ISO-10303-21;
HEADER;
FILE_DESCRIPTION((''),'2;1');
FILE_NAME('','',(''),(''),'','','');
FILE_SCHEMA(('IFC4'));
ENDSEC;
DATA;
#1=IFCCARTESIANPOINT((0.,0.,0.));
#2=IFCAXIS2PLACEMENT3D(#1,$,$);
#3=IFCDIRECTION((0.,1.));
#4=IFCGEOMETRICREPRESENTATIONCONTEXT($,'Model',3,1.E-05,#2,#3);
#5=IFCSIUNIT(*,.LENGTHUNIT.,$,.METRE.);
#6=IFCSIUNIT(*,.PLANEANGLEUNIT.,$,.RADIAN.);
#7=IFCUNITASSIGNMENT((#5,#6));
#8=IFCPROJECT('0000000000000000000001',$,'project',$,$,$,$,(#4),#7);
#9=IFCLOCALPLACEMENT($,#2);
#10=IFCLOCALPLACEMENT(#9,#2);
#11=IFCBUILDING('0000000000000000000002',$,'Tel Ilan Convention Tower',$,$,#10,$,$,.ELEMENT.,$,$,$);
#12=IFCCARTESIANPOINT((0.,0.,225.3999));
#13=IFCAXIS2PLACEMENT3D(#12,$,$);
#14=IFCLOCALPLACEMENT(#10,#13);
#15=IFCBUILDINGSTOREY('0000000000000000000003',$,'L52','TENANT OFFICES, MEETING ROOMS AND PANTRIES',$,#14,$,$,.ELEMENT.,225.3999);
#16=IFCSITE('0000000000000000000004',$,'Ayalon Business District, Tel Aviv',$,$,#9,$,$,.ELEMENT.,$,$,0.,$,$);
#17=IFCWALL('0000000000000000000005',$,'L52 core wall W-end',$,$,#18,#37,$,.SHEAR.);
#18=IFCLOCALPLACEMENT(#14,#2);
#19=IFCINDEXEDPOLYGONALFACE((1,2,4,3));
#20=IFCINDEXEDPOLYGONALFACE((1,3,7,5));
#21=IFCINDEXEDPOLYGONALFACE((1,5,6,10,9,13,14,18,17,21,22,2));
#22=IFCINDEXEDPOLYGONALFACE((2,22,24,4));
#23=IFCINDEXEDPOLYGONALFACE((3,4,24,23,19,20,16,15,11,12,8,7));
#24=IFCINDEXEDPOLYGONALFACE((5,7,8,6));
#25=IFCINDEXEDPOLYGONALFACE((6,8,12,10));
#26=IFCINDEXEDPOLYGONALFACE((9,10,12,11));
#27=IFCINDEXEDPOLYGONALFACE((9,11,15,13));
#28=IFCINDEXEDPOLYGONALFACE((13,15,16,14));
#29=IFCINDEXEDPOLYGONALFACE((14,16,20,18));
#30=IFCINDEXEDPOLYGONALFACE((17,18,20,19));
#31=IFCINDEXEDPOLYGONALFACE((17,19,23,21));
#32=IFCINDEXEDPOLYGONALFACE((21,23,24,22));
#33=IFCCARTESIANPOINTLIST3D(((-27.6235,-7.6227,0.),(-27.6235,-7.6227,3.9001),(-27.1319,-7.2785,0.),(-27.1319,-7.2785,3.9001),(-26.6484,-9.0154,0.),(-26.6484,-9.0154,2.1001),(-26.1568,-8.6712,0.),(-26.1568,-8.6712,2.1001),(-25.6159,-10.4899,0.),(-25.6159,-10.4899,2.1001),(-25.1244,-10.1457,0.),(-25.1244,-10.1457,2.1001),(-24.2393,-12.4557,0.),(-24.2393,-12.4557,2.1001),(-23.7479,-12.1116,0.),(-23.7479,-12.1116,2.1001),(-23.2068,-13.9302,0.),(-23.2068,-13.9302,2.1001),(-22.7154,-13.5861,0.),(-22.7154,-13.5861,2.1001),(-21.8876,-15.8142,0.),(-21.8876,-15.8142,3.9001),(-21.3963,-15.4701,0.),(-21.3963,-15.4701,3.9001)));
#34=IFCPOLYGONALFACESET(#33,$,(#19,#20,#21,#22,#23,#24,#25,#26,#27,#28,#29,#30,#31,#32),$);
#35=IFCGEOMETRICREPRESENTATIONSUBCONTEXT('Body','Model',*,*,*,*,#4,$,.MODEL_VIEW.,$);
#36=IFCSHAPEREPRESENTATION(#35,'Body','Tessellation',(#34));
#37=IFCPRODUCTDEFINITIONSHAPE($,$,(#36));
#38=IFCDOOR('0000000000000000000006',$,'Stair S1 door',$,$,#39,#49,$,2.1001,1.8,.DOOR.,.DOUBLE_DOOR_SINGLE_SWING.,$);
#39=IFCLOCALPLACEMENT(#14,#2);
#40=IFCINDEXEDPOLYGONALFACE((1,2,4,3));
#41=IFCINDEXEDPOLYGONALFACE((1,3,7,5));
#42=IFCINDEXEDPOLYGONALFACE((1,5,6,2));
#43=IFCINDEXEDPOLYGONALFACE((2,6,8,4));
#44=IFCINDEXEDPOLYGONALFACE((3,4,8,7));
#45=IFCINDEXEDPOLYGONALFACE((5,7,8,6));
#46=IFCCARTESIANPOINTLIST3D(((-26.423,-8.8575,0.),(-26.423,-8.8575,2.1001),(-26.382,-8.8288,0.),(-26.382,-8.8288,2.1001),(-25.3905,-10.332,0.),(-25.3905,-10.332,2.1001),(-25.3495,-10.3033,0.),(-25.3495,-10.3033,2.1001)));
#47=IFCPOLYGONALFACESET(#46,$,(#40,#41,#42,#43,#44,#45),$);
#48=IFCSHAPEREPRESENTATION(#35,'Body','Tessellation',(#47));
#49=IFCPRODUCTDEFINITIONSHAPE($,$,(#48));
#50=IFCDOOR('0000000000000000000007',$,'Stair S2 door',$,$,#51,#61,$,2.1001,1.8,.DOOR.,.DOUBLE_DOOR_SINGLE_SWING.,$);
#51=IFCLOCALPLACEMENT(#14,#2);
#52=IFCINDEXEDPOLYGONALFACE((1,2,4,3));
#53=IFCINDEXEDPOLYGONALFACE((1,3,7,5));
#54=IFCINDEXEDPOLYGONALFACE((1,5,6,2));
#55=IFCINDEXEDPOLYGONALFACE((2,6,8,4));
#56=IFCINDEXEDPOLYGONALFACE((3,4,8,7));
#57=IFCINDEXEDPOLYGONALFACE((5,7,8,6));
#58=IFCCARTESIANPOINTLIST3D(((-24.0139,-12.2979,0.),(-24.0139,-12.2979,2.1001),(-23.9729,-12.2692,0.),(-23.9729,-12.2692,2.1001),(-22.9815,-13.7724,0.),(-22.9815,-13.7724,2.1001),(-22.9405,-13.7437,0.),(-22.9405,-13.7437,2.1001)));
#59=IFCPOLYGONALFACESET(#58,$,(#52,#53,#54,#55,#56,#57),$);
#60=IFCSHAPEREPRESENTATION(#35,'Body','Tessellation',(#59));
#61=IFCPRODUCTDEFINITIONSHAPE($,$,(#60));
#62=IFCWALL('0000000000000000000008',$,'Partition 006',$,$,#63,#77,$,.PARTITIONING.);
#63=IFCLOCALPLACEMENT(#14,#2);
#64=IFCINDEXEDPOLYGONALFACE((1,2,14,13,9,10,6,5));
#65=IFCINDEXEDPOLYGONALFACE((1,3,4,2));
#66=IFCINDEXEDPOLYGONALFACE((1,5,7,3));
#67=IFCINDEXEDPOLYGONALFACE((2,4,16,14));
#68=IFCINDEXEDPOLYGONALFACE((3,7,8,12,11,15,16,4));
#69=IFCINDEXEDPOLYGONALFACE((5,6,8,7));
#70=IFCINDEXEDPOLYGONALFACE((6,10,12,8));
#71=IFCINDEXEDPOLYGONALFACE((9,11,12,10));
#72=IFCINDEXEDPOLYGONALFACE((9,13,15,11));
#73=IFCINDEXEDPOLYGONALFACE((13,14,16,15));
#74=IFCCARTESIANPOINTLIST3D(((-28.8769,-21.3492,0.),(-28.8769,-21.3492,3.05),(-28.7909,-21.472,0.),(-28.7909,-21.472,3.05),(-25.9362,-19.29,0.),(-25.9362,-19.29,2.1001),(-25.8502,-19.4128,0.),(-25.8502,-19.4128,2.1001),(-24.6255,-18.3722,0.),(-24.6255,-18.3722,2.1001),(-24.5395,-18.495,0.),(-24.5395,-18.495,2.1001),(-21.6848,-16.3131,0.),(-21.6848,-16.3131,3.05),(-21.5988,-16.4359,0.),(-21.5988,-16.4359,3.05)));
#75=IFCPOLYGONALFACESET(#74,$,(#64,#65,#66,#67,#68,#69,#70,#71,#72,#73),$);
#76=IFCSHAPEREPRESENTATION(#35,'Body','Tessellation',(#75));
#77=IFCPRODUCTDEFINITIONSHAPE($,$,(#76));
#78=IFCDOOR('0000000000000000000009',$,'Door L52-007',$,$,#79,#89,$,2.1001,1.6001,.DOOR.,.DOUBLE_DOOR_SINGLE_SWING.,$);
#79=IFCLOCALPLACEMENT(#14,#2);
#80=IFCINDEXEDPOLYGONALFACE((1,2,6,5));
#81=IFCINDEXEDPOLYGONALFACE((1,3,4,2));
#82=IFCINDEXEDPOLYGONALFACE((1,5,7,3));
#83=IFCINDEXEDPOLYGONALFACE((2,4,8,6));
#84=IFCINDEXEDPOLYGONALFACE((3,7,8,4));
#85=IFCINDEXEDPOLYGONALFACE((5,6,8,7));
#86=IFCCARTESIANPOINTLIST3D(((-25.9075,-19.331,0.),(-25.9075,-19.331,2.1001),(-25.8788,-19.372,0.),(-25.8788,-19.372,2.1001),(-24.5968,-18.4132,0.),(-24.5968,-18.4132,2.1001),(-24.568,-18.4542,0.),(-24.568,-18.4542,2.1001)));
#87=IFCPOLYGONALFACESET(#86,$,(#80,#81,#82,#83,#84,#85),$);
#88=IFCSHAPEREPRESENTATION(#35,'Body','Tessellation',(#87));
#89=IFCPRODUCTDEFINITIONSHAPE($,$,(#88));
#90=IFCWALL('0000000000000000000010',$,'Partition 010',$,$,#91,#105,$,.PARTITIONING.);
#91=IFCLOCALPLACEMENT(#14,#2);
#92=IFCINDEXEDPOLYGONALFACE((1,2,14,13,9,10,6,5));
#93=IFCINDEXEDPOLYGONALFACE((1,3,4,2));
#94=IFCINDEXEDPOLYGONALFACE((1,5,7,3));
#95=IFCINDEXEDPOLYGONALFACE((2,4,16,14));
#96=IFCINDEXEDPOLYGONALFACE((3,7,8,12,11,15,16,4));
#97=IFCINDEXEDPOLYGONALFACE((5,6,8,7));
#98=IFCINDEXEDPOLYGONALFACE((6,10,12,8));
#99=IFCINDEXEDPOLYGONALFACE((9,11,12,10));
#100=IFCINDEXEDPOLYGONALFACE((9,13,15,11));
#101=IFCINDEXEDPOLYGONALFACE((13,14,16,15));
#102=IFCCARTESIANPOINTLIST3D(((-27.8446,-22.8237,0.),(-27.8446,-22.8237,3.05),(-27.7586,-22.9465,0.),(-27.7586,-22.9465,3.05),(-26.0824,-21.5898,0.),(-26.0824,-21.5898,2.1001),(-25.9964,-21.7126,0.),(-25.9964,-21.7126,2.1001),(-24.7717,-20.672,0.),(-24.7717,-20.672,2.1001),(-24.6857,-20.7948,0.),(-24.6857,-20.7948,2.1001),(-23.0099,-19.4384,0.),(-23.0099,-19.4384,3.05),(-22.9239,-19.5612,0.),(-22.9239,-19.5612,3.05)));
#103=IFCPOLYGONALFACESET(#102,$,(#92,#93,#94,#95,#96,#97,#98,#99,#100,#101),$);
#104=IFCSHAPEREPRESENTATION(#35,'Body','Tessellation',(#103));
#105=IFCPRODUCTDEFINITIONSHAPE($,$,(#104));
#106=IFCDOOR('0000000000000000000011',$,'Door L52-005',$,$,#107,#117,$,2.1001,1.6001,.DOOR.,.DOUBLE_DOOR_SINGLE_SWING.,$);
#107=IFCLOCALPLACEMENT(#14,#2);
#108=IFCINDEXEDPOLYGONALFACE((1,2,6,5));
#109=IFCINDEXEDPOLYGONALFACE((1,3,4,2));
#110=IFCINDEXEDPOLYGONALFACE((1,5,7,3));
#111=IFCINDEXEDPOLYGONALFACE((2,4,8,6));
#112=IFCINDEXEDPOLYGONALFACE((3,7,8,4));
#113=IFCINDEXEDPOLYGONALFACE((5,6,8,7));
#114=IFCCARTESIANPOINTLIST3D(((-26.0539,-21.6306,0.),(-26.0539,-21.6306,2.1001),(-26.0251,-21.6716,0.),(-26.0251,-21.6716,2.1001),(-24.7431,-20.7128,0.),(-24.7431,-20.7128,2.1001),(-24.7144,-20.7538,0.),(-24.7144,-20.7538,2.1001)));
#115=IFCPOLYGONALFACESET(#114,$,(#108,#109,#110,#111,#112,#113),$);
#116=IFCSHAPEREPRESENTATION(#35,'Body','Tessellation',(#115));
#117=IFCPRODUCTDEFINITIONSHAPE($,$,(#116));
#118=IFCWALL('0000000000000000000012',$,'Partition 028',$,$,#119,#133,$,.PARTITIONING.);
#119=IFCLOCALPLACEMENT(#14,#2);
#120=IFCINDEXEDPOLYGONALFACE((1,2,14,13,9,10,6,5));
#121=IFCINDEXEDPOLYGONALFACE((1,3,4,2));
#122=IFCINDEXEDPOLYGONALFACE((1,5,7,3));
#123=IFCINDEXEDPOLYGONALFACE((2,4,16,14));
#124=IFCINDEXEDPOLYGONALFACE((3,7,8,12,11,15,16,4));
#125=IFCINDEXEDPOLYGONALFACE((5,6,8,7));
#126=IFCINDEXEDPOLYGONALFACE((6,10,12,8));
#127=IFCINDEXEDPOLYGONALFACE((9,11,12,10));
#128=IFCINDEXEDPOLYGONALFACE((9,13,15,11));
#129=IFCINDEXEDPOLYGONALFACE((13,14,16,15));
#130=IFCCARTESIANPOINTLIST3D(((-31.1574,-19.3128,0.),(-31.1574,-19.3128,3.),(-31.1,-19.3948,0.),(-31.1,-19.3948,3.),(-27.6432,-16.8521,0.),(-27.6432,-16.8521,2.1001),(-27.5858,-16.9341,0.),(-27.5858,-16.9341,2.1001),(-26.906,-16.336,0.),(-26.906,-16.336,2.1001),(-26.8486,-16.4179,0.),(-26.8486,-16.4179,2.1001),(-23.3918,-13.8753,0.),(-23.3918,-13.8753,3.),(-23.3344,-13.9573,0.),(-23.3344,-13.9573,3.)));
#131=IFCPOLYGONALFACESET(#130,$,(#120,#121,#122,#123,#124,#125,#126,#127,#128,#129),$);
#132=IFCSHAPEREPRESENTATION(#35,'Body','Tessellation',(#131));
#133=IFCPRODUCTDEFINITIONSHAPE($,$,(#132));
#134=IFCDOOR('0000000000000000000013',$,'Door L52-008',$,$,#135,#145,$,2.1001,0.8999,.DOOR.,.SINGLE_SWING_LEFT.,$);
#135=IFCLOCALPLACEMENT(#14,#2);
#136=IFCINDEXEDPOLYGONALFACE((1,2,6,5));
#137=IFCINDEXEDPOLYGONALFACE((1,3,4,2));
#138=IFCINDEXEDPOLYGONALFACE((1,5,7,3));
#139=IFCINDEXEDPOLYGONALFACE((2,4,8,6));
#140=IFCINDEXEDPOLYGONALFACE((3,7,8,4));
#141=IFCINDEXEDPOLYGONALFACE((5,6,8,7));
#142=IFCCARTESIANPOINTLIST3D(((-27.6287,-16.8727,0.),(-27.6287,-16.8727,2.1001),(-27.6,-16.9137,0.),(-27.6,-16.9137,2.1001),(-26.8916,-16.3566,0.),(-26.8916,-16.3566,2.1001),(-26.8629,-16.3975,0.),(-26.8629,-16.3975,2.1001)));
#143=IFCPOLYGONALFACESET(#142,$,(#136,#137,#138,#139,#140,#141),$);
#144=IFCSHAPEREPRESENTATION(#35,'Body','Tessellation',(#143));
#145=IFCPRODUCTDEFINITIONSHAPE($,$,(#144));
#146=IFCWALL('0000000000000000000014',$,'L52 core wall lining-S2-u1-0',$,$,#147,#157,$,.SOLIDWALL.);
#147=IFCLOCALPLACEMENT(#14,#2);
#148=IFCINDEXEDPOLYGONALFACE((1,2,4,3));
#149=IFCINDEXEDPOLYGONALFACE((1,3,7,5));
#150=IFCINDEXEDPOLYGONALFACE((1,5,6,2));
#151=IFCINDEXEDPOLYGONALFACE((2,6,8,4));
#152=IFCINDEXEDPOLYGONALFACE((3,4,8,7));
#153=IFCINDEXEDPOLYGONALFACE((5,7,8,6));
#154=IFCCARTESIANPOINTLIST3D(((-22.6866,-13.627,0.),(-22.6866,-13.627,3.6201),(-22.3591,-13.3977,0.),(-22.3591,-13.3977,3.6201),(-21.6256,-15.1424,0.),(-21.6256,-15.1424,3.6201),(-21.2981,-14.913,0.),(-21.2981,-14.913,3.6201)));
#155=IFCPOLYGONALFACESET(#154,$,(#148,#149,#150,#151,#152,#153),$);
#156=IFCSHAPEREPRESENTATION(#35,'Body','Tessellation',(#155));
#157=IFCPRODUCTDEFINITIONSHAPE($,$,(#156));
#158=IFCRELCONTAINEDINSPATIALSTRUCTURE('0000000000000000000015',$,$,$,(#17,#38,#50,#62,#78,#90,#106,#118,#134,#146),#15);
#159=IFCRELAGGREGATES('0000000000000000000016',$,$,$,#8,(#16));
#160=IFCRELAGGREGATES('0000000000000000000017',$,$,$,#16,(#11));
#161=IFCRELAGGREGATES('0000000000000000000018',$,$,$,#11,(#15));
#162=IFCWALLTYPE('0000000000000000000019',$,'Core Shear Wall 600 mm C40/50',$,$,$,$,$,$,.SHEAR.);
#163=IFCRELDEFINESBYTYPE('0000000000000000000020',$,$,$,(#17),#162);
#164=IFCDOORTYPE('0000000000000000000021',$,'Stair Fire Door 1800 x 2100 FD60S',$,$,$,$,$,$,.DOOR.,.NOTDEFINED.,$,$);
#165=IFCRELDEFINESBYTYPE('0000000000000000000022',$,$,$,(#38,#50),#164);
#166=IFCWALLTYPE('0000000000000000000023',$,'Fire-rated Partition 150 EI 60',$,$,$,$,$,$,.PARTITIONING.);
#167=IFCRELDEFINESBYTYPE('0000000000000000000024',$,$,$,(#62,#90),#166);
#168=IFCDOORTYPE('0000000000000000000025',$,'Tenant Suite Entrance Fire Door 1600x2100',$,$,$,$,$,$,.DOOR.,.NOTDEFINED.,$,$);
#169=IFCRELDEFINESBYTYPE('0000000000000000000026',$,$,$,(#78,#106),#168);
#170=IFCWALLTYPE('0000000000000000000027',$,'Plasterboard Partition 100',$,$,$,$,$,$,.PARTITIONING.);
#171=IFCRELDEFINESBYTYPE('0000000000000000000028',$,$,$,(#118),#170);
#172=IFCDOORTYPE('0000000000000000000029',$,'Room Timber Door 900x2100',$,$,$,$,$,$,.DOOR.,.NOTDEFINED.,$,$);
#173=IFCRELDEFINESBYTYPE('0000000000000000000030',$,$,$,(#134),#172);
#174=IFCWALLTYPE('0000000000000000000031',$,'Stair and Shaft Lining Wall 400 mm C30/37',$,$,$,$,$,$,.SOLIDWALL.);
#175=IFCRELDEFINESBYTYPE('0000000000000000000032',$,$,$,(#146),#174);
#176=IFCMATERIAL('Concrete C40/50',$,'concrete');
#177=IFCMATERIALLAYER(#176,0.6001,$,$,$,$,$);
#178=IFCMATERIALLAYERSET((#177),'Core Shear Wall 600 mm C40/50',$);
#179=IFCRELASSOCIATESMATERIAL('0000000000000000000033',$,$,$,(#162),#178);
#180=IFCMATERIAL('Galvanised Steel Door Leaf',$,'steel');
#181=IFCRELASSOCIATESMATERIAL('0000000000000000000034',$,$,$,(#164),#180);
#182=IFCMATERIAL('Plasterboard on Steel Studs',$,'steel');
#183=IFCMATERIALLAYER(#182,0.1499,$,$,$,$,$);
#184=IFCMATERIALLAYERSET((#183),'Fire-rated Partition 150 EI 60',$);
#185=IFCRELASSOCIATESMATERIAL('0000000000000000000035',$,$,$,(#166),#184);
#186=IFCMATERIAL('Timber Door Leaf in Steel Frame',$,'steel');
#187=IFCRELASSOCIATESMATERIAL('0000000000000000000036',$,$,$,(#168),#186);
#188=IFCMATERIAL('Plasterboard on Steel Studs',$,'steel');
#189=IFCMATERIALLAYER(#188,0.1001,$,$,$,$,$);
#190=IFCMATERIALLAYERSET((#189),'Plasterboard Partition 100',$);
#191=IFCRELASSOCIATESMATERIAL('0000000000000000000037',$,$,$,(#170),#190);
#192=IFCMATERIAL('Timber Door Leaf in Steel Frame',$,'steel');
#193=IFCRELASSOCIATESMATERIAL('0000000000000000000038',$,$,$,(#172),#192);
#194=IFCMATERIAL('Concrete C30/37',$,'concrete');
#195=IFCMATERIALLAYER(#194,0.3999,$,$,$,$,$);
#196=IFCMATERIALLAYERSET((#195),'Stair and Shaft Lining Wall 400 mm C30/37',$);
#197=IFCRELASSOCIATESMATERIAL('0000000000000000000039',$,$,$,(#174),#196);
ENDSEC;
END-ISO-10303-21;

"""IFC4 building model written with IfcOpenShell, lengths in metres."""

from ifc_helpers import new_model, si_unit, direction, frame, frame_2d, origin, place, context, subcontext, project, spatial, polyline, rectangle, outline, extrude, material, layer, layer_set, type_object, element, fill, save


model = new_model("IFC4")

# Units and contexts
model_context = context("Model", 3, precision=1e-05, world=origin(), true_north=direction((0.0, 1.0)))
body_context = subcontext(model_context, "Body", "Model", "MODEL_VIEW")
ifc_project = project(units=[si_unit("LENGTHUNIT", "METRE"), si_unit("PLANEANGLEUNIT", "RADIAN")], contexts=[model_context])

# Site, building, storey
site_placement = place(None, origin())
site = spatial("IfcSite", under=ifc_project, at=site_placement, Name="Ayalon Business District, Tel Aviv", CompositionType="ELEMENT", RefElevation=0.0)
building_placement = place(site_placement, origin())
building = spatial("IfcBuilding", under=site, at=building_placement, Name="Tel Ilan Convention Tower", CompositionType="ELEMENT")
storey_placement = place(building_placement, frame((0.0, 0.0, 225.3999)))
storey = spatial("IfcBuildingStorey", under=building, at=storey_placement, Name="L52", Description="TENANT OFFICES, MEETING ROOMS AND PANTRIES", CompositionType="ELEMENT", Elevation=225.3999)

# Wall, openings, doors
ifc_material_1 = material(Name="Concrete C40/50", Category="concrete")
ifc_layer_1 = layer(ifc_material_1, 0.6001)
ifc_layer_set_1 = layer_set([ifc_layer_1], Name="Core Shear Wall 600 mm C40/50")
wall_type_1 = type_object("IfcWallType", Name="Core Shear Wall 600 mm C40/50", PredefinedType="SHEAR", material=ifc_layer_set_1)
wall_1_placement = place(storey_placement, frame((-21.6418, -15.6421, 0.0), z_axis=(0.0, 0.0, 1.0), x_axis=(-0.573587, 0.819145, 0.0)))
wall_1 = element("IfcWall", 1, at=wall_1_placement, inside=storey, type_object=wall_type_1, Name="L52 core wall W-end", PredefinedType="SHEAR", context=body_context, shape_type="SweptSolid", body=[
    extrude(outline(polyline([(0.0, 0.3), (0.0, -0.2998), (10.0, -0.3), (10.0, 0.3), (0.0, 0.3)])), origin(), (0.0, 0.0, 1.0), 3.9001),
])
opening_1_placement = place(wall_1_placement, frame((6.5, 0.0, 0.0)))
opening_1 = element("IfcOpeningElement", 2, at=opening_1_placement, cuts=wall_1, PredefinedType="OPENING", context=body_context, shape_type="SweptSolid", body=[
    extrude(rectangle(XDim=1.8, YDim=2.1001, at=frame_2d((0.8999, 1.05))), frame((0.0, 0.3101, 0.0), z_axis=(0.0, -1.0, 0.0), x_axis=(1.0, 0.0, 0.0)), (0.0, 0.0, 1.0), 0.6201),
])
opening_2_placement = place(wall_1_placement, frame((2.3, 0.0, 0.0)))
opening_2 = element("IfcOpeningElement", 3, at=opening_2_placement, cuts=wall_1, PredefinedType="OPENING", context=body_context, shape_type="SweptSolid", body=[
    extrude(rectangle(XDim=1.8, YDim=2.1001, at=frame_2d((0.8999, 1.05))), frame((0.0, 0.3101, 0.0), z_axis=(0.0, -1.0, 0.0), x_axis=(1.0, 0.0, 0.0)), (0.0, 0.0, 1.0), 0.6201),
])
ifc_material_2 = material(Name="Galvanised Steel Door Leaf", Category="steel")
door_type_1 = type_object("IfcDoorType", Name="Stair Fire Door 1800 x 2100 FD60S", OperationType="NOTDEFINED", PredefinedType="DOOR", material=ifc_material_2)
door_1_placement = place(opening_1_placement, origin())
door_1 = element("IfcDoor", 4, at=door_1_placement, inside=storey, type_object=door_type_1, Name="Stair S1 door", OperationType="DOUBLE_DOOR_SINGLE_SWING", OverallHeight=2.1001, OverallWidth=1.8, PredefinedType="DOOR", context=body_context, shape_type="SweptSolid", body=[
    extrude(rectangle(XDim=1.8, YDim=2.1001, at=frame_2d((0.8999, 1.05))), frame((0.0, 0.0249, 0.0), z_axis=(0.0, -1.0, 0.0), x_axis=(1.0, 0.0, 0.0)), (0.0, 0.0, 1.0), 0.05),
])
fill(opening_1, door_1)
door_2_placement = place(opening_2_placement, origin())
door_2 = element("IfcDoor", 5, at=door_2_placement, inside=storey, type_object=door_type_1, Name="Stair S2 door", OperationType="DOUBLE_DOOR_SINGLE_SWING", OverallHeight=2.1001, OverallWidth=1.8, PredefinedType="DOOR", context=body_context, shape_type="SweptSolid", body=[
    extrude(rectangle(XDim=1.8, YDim=2.1001, at=frame_2d((0.8999, 1.05))), frame((0.0, 0.0249, 0.0), z_axis=(0.0, -1.0, 0.0), x_axis=(1.0, 0.0, 0.0)), (0.0, 0.0, 1.0), 0.05),
])
fill(opening_2, door_2)

# Walls, openings, doors
ifc_material_3 = material(Name="Plasterboard on Steel Studs", Category="steel")
ifc_layer_2 = layer(ifc_material_3, 0.1499)
ifc_layer_set_2 = layer_set([ifc_layer_2], Name="Fire-rated Partition 150 EI 60")
wall_type_2 = type_object("IfcWallType", Name="Fire-rated Partition 150 EI 60", PredefinedType="PARTITIONING", material=ifc_layer_set_2)
wall_2_placement = place(storey_placement, frame((-28.834, -21.4106, 0.0), z_axis=(0.0, 0.0, 1.0), x_axis=(0.819144, 0.573587, 0.0)))
wall_2 = element("IfcWall", 6, at=wall_2_placement, inside=storey, type_object=wall_type_2, Name="Partition 006", PredefinedType="PARTITIONING", context=body_context, shape_type="SweptSolid", body=[
    extrude(rectangle(XDim=8.78, YDim=0.1499, at=frame_2d((4.3901, 0.0))), origin(), (0.0, 0.0, 1.0), 3.05),
])
opening_3_placement = place(wall_2_placement, frame((3.5901, 0.0, 0.0)))
opening_3 = element("IfcOpeningElement", 7, at=opening_3_placement, cuts=wall_2, PredefinedType="OPENING", context=body_context, shape_type="SweptSolid", body=[
    extrude(rectangle(XDim=1.6001, YDim=2.1001, at=frame_2d((0.8, 1.05))), frame((0.0, 0.085, 0.0), z_axis=(0.0, -1.0, 0.0), x_axis=(1.0, 0.0, 0.0)), (0.0, 0.0, 1.0), 0.1699),
])
ifc_material_4 = material(Name="Timber Door Leaf in Steel Frame", Category="steel")
door_type_2 = type_object("IfcDoorType", Name="Tenant Suite Entrance Fire Door 1600x2100", OperationType="NOTDEFINED", PredefinedType="DOOR", material=ifc_material_4)
door_3_placement = place(opening_3_placement, origin())
door_3 = element("IfcDoor", 8, at=door_3_placement, inside=storey, type_object=door_type_2, Name="Door L52-007", OperationType="DOUBLE_DOOR_SINGLE_SWING", OverallHeight=2.1001, OverallWidth=1.6001, PredefinedType="DOOR", context=body_context, shape_type="SweptSolid", body=[
    extrude(rectangle(XDim=1.6001, YDim=2.1001, at=frame_2d((0.8, 1.05))), frame((0.0, 0.0249, 0.0), z_axis=(0.0, -1.0, 0.0), x_axis=(1.0, 0.0, 0.0)), (0.0, 0.0, 1.0), 0.05),
])
fill(opening_3, door_3)
wall_3_placement = place(storey_placement, frame((-22.9668, -19.4998, 0.0), z_axis=(0.0, 0.0, 1.0), x_axis=(-0.819156, -0.573571, 0.0)))
wall_3 = element("IfcWall", 9, at=wall_3_placement, inside=storey, type_object=wall_type_2, Name="Partition 010", PredefinedType="PARTITIONING", context=body_context, shape_type="SweptSolid", body=[
    extrude(rectangle(XDim=5.9021, YDim=0.1499, at=frame_2d((2.9512, 0.0))), origin(), (0.0, 0.0, 1.0), 3.05),
])
opening_4_placement = place(wall_3_placement, frame((2.1509, 0.0, 0.0)))
opening_4 = element("IfcOpeningElement", 10, at=opening_4_placement, cuts=wall_3, PredefinedType="OPENING", context=body_context, shape_type="SweptSolid", body=[
    extrude(rectangle(XDim=1.6001, YDim=2.1001, at=frame_2d((0.8, 1.05))), frame((0.0, 0.085, 0.0), z_axis=(0.0, -1.0, 0.0), x_axis=(1.0, 0.0, 0.0)), (0.0, 0.0, 1.0), 0.1699),
])
door_4_placement = place(opening_4_placement, origin())
door_4 = element("IfcDoor", 11, at=door_4_placement, inside=storey, type_object=door_type_2, Name="Door L52-005", OperationType="DOUBLE_DOOR_SINGLE_SWING", OverallHeight=2.1001, OverallWidth=1.6001, PredefinedType="DOOR", context=body_context, shape_type="SweptSolid", body=[
    extrude(rectangle(XDim=1.6001, YDim=2.1001, at=frame_2d((0.8, 1.05))), frame((0.0, 0.0249, 0.0), z_axis=(0.0, -1.0, 0.0), x_axis=(1.0, 0.0, 0.0)), (0.0, 0.0, 1.0), 0.05),
])
fill(opening_4, door_4)
ifc_material_5 = material(Name="Plasterboard on Steel Studs", Category="steel")
ifc_layer_3 = layer(ifc_material_5, 0.1001)
ifc_layer_set_3 = layer_set([ifc_layer_3], Name="Plasterboard Partition 100")
wall_type_3 = type_object("IfcWallType", Name="Plasterboard Partition 100", PredefinedType="PARTITIONING", material=ifc_layer_set_3)
wall_4_placement = place(storey_placement, frame((-31.1287, -19.3538, 0.0), z_axis=(0.0, 0.0, 1.0), x_axis=(0.819154, 0.573573, 0.0)))
wall_4 = element("IfcWall", 12, at=wall_4_placement, inside=storey, type_object=wall_type_3, Name="Partition 028", PredefinedType="PARTITIONING", context=body_context, shape_type="SweptSolid", body=[
    extrude(rectangle(XDim=9.48, YDim=0.1001, at=frame_2d((4.74, 0.0))), origin(), (0.0, 0.0, 1.0), 3.0),
])
opening_5_placement = place(wall_4_placement, frame((4.29, 0.0, 0.0)))
opening_5 = element("IfcOpeningElement", 13, at=opening_5_placement, cuts=wall_4, PredefinedType="OPENING", context=body_context, shape_type="SweptSolid", body=[
    extrude(rectangle(XDim=0.8999, YDim=2.1001, at=frame_2d((0.45, 1.05))), frame((0.0, 0.0601, 0.0), z_axis=(0.0, -1.0, 0.0), x_axis=(1.0, 0.0, 0.0)), (0.0, 0.0, 1.0), 0.1201),
])
ifc_material_6 = material(Name="Timber Door Leaf in Steel Frame", Category="steel")
door_type_3 = type_object("IfcDoorType", Name="Room Timber Door 900x2100", OperationType="NOTDEFINED", PredefinedType="DOOR", material=ifc_material_6)
door_5_placement = place(opening_5_placement, origin())
door_5 = element("IfcDoor", 14, at=door_5_placement, inside=storey, type_object=door_type_3, Name="Door L52-008", OperationType="SINGLE_SWING_LEFT", OverallHeight=2.1001, OverallWidth=0.8999, PredefinedType="DOOR", context=body_context, shape_type="SweptSolid", body=[
    extrude(rectangle(XDim=0.8999, YDim=2.1001, at=frame_2d((0.45, 1.05))), frame((0.0, 0.0249, 0.0), z_axis=(0.0, -1.0, 0.0), x_axis=(1.0, 0.0, 0.0)), (0.0, 0.0, 1.0), 0.05),
])
fill(opening_5, door_5)

# Wall
ifc_material_7 = material(Name="Concrete C30/37", Category="concrete")
ifc_layer_4 = layer(ifc_material_7, 0.3999)
ifc_layer_set_4 = layer_set([ifc_layer_4], Name="Stair and Shaft Lining Wall 400 mm C30/37")
wall_type_4 = type_object("IfcWallType", Name="Stair and Shaft Lining Wall 400 mm C30/37", PredefinedType="SOLIDWALL", material=ifc_layer_set_4)
wall_5_placement = place(storey_placement, frame((-21.4619, -15.0276, 0.0), z_axis=(0.0, 0.0, 1.0), x_axis=(-0.57356, 0.819164, 0.0)))
element("IfcWall", 15, at=wall_5_placement, inside=storey, type_object=wall_type_4, Name="L52 core wall lining-S2-u1-0", PredefinedType="SOLIDWALL", context=body_context, shape_type="SweptSolid", body=[
    extrude(rectangle(XDim=1.8499, YDim=0.3999, at=frame_2d((0.9248, 0.0))), origin(), (0.0, 0.0, 1.0), 3.6201),
])

save(model, "model.ifc")
